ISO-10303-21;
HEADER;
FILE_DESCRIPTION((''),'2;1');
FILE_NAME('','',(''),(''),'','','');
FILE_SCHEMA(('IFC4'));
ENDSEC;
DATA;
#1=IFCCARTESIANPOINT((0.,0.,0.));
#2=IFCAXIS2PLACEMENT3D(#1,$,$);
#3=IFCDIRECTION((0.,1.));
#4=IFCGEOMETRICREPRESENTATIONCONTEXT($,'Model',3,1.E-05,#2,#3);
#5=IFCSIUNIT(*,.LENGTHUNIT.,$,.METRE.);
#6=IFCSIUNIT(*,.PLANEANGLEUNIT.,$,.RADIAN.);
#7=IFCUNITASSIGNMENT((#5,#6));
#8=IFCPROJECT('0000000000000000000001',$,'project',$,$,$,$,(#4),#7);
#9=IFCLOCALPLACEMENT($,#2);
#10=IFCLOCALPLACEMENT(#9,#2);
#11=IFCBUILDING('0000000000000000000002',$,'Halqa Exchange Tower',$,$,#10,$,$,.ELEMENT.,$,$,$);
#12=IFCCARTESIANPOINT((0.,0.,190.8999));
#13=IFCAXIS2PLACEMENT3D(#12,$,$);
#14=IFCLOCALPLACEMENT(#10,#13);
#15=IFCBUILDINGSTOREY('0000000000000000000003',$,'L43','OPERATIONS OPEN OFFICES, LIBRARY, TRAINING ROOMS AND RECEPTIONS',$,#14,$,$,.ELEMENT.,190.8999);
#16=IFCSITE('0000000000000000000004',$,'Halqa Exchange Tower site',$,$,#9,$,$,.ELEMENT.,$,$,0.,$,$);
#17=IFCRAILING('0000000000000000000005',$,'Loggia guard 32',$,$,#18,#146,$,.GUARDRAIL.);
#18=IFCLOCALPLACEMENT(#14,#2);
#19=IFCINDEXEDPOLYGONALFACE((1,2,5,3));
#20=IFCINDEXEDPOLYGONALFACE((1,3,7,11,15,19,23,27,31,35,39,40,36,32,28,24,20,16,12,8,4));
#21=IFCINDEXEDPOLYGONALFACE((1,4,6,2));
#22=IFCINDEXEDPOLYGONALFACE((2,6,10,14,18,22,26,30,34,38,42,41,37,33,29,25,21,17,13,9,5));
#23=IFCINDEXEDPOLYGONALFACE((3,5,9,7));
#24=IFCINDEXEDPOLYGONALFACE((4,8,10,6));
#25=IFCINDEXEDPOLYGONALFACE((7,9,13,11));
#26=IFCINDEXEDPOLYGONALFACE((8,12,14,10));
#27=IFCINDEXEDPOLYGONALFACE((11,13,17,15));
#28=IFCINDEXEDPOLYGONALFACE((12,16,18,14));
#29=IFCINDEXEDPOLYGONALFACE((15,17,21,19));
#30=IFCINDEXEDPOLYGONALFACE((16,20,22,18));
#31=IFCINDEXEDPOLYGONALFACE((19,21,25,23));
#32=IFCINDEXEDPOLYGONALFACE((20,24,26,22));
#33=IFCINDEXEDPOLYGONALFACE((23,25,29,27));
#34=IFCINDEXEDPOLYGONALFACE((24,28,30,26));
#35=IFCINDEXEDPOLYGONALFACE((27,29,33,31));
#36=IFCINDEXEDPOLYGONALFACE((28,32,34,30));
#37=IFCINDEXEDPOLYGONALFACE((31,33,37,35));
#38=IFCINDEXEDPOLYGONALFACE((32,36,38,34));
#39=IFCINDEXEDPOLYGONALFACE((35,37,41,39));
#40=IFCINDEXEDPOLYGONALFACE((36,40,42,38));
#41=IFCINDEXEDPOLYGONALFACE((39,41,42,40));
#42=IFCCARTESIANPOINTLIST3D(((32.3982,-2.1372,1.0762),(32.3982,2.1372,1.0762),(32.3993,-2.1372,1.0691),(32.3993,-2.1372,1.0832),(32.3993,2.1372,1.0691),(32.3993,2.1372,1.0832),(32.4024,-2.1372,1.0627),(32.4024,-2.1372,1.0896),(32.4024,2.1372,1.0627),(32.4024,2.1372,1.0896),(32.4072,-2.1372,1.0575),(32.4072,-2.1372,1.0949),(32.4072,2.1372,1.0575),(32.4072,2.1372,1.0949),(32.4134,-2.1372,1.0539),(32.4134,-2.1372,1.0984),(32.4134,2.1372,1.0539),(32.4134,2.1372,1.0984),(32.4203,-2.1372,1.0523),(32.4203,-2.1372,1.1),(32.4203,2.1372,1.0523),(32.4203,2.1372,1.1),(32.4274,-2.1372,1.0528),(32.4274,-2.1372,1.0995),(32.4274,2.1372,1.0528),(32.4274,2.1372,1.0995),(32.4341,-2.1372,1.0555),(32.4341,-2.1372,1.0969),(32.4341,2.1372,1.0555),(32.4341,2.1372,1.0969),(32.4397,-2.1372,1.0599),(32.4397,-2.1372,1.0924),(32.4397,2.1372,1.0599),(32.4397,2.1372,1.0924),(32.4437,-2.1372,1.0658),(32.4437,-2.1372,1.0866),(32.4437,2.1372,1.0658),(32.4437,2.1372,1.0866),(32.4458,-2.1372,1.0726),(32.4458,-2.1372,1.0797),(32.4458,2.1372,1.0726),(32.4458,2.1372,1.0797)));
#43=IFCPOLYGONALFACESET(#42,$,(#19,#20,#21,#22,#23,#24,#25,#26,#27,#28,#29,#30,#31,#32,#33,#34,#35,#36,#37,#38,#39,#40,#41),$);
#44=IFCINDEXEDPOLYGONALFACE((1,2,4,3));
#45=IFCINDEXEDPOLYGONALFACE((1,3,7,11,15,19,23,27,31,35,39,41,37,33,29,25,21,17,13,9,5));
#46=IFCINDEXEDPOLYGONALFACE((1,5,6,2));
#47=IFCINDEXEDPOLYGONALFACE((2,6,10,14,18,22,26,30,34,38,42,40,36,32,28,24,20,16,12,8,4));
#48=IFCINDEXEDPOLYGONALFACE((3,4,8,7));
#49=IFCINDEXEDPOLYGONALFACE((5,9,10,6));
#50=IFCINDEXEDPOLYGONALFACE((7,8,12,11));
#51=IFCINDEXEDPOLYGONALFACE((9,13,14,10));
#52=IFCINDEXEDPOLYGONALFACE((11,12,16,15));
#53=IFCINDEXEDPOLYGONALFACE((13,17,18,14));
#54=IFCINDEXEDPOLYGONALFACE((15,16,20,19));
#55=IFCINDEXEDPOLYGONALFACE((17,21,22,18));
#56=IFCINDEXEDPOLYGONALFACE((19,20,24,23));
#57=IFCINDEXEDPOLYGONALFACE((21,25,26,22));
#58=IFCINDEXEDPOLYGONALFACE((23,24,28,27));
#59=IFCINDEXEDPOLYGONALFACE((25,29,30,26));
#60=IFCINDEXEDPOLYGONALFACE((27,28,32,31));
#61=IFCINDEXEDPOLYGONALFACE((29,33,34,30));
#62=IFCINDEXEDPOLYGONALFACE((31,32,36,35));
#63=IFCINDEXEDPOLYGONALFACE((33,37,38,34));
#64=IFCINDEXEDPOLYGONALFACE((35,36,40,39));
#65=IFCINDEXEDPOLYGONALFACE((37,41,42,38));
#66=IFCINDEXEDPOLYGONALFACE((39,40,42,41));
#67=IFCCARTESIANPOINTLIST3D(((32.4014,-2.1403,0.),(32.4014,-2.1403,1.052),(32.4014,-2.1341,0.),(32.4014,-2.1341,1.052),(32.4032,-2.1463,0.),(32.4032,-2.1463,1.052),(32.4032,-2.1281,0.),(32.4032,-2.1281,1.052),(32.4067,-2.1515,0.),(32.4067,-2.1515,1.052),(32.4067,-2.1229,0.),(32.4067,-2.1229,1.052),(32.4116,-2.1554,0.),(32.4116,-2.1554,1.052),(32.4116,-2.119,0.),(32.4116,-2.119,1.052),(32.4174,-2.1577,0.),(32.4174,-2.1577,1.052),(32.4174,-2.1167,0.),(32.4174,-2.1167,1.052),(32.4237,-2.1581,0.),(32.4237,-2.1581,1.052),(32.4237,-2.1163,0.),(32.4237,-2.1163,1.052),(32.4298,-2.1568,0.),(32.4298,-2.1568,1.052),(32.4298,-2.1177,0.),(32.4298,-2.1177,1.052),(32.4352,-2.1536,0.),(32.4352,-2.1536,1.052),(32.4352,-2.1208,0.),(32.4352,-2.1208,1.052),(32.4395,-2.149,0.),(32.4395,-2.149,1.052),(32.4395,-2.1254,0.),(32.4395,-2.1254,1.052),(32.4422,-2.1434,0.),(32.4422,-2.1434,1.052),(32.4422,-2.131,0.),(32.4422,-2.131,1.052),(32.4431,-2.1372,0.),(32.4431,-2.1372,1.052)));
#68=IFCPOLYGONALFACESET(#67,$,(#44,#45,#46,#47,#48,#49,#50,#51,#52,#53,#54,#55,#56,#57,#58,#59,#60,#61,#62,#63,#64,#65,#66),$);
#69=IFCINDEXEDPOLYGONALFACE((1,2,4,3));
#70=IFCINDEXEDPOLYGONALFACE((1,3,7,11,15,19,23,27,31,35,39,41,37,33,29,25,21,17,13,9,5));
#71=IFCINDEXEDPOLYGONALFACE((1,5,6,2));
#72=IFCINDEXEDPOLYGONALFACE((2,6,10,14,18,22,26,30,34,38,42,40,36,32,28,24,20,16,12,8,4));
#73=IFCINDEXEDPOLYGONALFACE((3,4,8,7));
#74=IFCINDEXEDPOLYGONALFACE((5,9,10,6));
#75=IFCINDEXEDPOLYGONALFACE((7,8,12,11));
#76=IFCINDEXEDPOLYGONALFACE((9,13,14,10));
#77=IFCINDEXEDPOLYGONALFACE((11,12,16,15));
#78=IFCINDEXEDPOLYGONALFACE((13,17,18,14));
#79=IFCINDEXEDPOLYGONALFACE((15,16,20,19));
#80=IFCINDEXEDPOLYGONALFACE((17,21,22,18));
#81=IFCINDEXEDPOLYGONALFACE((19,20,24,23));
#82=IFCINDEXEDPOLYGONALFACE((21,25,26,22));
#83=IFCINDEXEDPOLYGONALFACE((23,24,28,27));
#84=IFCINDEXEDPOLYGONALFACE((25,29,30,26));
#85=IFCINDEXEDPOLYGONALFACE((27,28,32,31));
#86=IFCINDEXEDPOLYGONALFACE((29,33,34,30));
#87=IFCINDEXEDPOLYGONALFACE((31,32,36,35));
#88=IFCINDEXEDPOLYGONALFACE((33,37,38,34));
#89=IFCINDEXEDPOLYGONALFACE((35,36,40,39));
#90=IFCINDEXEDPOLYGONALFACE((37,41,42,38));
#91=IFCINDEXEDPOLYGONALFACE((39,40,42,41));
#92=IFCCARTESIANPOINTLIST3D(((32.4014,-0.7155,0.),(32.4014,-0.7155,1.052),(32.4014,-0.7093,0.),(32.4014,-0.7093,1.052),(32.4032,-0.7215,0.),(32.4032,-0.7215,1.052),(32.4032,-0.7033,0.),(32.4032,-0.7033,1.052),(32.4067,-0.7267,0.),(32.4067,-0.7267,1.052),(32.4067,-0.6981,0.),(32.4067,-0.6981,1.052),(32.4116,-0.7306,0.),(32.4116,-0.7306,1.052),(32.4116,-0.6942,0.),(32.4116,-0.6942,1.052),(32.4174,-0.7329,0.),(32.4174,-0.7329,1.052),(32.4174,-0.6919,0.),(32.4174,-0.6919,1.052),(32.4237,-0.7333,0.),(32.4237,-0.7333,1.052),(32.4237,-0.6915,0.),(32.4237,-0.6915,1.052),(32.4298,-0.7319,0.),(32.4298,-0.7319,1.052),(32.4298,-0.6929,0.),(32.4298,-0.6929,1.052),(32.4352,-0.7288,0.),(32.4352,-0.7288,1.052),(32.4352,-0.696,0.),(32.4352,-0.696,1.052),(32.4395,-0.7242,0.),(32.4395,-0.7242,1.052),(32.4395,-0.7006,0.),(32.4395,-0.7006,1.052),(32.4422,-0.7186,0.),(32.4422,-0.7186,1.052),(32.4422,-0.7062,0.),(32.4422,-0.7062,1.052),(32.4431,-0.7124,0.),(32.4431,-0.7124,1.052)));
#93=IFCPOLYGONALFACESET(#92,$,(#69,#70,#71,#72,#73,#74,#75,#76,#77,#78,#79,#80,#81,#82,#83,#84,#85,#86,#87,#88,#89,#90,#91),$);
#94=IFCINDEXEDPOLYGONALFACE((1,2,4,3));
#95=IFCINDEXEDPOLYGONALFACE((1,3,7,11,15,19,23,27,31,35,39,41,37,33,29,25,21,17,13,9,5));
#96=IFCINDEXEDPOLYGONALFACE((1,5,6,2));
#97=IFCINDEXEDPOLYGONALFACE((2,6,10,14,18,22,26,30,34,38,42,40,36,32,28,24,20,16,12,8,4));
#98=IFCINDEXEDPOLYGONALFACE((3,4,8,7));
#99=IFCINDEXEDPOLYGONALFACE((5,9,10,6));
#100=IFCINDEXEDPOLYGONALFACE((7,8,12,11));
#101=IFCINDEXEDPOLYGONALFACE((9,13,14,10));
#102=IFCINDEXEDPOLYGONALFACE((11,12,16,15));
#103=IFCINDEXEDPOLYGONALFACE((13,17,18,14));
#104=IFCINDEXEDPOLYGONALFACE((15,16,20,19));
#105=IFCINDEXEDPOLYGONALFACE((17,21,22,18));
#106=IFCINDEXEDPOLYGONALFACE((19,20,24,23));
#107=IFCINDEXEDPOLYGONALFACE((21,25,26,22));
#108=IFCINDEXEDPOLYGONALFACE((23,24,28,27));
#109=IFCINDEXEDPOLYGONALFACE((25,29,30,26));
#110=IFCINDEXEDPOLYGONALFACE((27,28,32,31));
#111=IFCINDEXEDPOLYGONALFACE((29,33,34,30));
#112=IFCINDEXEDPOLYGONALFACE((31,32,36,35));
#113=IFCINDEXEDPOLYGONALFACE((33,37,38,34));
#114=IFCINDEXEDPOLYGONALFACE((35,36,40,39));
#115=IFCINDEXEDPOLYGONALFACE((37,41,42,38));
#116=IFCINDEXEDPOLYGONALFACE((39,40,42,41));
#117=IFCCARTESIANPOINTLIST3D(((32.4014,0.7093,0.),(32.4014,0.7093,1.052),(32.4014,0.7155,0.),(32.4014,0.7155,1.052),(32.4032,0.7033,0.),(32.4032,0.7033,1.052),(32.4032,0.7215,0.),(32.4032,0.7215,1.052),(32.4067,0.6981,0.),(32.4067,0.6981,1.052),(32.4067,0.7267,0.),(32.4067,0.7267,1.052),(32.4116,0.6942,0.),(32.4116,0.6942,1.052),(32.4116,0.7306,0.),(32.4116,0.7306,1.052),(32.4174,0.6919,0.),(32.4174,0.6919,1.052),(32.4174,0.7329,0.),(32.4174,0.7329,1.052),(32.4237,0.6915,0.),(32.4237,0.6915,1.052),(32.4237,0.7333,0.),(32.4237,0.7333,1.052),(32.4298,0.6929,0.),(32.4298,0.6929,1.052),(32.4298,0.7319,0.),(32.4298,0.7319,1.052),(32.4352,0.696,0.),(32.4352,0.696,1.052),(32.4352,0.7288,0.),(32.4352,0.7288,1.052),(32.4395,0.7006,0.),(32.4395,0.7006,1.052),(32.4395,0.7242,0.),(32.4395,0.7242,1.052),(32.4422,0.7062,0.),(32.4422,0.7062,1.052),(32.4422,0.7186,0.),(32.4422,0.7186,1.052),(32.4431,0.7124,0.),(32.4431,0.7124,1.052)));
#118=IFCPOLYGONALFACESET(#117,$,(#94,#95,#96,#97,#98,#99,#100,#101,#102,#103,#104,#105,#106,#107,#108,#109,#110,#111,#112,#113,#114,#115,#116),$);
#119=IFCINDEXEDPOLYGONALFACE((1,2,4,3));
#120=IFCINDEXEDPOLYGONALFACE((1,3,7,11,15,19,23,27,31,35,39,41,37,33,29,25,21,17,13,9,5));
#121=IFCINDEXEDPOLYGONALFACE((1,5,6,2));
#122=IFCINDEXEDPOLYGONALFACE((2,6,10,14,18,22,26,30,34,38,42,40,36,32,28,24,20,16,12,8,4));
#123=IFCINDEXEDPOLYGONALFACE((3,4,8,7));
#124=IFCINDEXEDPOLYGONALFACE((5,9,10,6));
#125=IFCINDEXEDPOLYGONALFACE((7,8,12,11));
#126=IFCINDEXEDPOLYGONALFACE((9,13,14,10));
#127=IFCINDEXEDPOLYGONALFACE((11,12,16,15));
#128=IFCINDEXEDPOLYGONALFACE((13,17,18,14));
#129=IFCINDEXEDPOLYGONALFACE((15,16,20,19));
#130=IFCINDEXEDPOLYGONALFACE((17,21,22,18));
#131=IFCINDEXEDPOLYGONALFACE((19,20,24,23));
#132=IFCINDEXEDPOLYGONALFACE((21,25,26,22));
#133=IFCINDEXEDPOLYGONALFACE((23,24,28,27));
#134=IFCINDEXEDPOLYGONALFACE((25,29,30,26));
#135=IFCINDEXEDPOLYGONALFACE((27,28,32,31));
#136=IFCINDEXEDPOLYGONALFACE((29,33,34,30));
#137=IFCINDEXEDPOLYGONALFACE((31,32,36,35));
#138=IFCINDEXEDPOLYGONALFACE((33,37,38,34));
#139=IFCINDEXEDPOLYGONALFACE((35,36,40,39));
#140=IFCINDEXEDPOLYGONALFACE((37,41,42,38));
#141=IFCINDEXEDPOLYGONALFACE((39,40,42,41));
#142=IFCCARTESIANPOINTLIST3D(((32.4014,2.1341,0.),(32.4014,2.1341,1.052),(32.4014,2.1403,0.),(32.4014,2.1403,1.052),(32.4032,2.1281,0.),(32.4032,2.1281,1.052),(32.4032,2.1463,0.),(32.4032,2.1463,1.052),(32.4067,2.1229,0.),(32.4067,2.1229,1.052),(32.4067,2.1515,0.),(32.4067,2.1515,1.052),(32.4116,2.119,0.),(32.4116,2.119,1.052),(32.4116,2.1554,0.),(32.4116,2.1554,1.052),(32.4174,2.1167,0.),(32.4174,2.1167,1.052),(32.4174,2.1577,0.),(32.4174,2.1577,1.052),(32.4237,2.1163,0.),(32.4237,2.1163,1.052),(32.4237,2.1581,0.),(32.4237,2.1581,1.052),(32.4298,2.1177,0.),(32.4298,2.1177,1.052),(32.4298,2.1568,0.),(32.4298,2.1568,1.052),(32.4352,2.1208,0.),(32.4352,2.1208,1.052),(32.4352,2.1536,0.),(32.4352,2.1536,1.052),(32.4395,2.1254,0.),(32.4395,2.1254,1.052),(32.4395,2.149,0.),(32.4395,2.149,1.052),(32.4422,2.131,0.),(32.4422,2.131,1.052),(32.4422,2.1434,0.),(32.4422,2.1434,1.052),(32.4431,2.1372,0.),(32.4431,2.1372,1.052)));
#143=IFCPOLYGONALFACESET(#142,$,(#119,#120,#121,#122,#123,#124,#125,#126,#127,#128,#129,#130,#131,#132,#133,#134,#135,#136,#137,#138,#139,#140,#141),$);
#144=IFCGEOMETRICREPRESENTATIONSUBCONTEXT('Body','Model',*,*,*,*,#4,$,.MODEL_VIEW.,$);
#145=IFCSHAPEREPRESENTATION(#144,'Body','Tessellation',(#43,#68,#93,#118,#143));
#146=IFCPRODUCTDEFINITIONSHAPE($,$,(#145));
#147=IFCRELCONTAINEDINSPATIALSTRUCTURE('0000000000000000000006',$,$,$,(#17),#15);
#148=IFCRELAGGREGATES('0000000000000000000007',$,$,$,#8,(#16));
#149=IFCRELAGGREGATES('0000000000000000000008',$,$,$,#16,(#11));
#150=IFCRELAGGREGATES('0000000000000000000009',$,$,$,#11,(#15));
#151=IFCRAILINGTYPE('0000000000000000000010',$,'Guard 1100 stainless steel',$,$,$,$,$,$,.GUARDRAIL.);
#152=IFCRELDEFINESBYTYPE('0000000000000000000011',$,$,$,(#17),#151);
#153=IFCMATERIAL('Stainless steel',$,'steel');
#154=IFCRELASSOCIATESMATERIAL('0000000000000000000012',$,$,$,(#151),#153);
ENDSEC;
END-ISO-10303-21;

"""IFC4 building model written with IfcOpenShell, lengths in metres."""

from ifc_helpers import new_model, si_unit, direction, frame, origin, origin_2d, place, context, subcontext, project, spatial, circle, extrude, material, type_object, element, save


model = new_model("IFC4")

# Units and contexts
model_context = context("Model", 3, precision=1e-05, world=origin(), true_north=direction((0.0, 1.0)))
body_context = subcontext(model_context, "Body", "Model", "MODEL_VIEW")
ifc_project = project(units=[si_unit("LENGTHUNIT", "METRE"), si_unit("PLANEANGLEUNIT", "RADIAN")], contexts=[model_context])

# Site, building, storey
site_placement = place(None, origin())
site = spatial("IfcSite", under=ifc_project, at=site_placement, Name="Halqa Exchange Tower site", CompositionType="ELEMENT", RefElevation=0.0)
building_placement = place(site_placement, origin())
building = spatial("IfcBuilding", under=site, at=building_placement, Name="Halqa Exchange Tower", CompositionType="ELEMENT")
storey_placement = place(building_placement, frame((0.0, 0.0, 190.8999)))
storey = spatial("IfcBuildingStorey", under=building, at=storey_placement, Name="L43", Description="OPERATIONS OPEN OFFICES, LIBRARY, TRAINING ROOMS AND RECEPTIONS", CompositionType="ELEMENT", Elevation=190.8999)

# Railing
ifc_material_1 = material(Name="Stainless steel", Category="steel")
railing_type = type_object("IfcRailingType", Name="Guard 1100 stainless steel", PredefinedType="GUARDRAIL", material=ifc_material_1)
railing_1_placement = place(storey_placement, frame((32.4221, -2.1372, 0.0)))
element("IfcRailing", 1, at=railing_1_placement, inside=storey, type_object=railing_type, Name="Loggia guard 32", PredefinedType="GUARDRAIL", context=body_context, shape_type="SweptSolid", body=[
    extrude(circle(Radius=0.0239, at=origin_2d()), frame((0.0, 0.0, 1.0762), z_axis=(0.0, 1.0, 0.0), x_axis=(-1.0, 0.0, 0.0)), (0.0, 0.0, 1.0), 4.2744),
    extrude(circle(Radius=0.021, at=origin_2d()), origin(), (0.0, 0.0, 1.0), 1.052),
    extrude(circle(Radius=0.021, at=origin_2d()), frame((0.0, 1.4248, 0.0)), (0.0, 0.0, 1.0), 1.052),
    extrude(circle(Radius=0.021, at=origin_2d()), frame((0.0, 2.8496, 0.0)), (0.0, 0.0, 1.0), 1.052),
    extrude(circle(Radius=0.021, at=origin_2d()), frame((0.0, 4.2744, 0.0)), (0.0, 0.0, 1.0), 1.052),
])

save(model, "model.ifc")
